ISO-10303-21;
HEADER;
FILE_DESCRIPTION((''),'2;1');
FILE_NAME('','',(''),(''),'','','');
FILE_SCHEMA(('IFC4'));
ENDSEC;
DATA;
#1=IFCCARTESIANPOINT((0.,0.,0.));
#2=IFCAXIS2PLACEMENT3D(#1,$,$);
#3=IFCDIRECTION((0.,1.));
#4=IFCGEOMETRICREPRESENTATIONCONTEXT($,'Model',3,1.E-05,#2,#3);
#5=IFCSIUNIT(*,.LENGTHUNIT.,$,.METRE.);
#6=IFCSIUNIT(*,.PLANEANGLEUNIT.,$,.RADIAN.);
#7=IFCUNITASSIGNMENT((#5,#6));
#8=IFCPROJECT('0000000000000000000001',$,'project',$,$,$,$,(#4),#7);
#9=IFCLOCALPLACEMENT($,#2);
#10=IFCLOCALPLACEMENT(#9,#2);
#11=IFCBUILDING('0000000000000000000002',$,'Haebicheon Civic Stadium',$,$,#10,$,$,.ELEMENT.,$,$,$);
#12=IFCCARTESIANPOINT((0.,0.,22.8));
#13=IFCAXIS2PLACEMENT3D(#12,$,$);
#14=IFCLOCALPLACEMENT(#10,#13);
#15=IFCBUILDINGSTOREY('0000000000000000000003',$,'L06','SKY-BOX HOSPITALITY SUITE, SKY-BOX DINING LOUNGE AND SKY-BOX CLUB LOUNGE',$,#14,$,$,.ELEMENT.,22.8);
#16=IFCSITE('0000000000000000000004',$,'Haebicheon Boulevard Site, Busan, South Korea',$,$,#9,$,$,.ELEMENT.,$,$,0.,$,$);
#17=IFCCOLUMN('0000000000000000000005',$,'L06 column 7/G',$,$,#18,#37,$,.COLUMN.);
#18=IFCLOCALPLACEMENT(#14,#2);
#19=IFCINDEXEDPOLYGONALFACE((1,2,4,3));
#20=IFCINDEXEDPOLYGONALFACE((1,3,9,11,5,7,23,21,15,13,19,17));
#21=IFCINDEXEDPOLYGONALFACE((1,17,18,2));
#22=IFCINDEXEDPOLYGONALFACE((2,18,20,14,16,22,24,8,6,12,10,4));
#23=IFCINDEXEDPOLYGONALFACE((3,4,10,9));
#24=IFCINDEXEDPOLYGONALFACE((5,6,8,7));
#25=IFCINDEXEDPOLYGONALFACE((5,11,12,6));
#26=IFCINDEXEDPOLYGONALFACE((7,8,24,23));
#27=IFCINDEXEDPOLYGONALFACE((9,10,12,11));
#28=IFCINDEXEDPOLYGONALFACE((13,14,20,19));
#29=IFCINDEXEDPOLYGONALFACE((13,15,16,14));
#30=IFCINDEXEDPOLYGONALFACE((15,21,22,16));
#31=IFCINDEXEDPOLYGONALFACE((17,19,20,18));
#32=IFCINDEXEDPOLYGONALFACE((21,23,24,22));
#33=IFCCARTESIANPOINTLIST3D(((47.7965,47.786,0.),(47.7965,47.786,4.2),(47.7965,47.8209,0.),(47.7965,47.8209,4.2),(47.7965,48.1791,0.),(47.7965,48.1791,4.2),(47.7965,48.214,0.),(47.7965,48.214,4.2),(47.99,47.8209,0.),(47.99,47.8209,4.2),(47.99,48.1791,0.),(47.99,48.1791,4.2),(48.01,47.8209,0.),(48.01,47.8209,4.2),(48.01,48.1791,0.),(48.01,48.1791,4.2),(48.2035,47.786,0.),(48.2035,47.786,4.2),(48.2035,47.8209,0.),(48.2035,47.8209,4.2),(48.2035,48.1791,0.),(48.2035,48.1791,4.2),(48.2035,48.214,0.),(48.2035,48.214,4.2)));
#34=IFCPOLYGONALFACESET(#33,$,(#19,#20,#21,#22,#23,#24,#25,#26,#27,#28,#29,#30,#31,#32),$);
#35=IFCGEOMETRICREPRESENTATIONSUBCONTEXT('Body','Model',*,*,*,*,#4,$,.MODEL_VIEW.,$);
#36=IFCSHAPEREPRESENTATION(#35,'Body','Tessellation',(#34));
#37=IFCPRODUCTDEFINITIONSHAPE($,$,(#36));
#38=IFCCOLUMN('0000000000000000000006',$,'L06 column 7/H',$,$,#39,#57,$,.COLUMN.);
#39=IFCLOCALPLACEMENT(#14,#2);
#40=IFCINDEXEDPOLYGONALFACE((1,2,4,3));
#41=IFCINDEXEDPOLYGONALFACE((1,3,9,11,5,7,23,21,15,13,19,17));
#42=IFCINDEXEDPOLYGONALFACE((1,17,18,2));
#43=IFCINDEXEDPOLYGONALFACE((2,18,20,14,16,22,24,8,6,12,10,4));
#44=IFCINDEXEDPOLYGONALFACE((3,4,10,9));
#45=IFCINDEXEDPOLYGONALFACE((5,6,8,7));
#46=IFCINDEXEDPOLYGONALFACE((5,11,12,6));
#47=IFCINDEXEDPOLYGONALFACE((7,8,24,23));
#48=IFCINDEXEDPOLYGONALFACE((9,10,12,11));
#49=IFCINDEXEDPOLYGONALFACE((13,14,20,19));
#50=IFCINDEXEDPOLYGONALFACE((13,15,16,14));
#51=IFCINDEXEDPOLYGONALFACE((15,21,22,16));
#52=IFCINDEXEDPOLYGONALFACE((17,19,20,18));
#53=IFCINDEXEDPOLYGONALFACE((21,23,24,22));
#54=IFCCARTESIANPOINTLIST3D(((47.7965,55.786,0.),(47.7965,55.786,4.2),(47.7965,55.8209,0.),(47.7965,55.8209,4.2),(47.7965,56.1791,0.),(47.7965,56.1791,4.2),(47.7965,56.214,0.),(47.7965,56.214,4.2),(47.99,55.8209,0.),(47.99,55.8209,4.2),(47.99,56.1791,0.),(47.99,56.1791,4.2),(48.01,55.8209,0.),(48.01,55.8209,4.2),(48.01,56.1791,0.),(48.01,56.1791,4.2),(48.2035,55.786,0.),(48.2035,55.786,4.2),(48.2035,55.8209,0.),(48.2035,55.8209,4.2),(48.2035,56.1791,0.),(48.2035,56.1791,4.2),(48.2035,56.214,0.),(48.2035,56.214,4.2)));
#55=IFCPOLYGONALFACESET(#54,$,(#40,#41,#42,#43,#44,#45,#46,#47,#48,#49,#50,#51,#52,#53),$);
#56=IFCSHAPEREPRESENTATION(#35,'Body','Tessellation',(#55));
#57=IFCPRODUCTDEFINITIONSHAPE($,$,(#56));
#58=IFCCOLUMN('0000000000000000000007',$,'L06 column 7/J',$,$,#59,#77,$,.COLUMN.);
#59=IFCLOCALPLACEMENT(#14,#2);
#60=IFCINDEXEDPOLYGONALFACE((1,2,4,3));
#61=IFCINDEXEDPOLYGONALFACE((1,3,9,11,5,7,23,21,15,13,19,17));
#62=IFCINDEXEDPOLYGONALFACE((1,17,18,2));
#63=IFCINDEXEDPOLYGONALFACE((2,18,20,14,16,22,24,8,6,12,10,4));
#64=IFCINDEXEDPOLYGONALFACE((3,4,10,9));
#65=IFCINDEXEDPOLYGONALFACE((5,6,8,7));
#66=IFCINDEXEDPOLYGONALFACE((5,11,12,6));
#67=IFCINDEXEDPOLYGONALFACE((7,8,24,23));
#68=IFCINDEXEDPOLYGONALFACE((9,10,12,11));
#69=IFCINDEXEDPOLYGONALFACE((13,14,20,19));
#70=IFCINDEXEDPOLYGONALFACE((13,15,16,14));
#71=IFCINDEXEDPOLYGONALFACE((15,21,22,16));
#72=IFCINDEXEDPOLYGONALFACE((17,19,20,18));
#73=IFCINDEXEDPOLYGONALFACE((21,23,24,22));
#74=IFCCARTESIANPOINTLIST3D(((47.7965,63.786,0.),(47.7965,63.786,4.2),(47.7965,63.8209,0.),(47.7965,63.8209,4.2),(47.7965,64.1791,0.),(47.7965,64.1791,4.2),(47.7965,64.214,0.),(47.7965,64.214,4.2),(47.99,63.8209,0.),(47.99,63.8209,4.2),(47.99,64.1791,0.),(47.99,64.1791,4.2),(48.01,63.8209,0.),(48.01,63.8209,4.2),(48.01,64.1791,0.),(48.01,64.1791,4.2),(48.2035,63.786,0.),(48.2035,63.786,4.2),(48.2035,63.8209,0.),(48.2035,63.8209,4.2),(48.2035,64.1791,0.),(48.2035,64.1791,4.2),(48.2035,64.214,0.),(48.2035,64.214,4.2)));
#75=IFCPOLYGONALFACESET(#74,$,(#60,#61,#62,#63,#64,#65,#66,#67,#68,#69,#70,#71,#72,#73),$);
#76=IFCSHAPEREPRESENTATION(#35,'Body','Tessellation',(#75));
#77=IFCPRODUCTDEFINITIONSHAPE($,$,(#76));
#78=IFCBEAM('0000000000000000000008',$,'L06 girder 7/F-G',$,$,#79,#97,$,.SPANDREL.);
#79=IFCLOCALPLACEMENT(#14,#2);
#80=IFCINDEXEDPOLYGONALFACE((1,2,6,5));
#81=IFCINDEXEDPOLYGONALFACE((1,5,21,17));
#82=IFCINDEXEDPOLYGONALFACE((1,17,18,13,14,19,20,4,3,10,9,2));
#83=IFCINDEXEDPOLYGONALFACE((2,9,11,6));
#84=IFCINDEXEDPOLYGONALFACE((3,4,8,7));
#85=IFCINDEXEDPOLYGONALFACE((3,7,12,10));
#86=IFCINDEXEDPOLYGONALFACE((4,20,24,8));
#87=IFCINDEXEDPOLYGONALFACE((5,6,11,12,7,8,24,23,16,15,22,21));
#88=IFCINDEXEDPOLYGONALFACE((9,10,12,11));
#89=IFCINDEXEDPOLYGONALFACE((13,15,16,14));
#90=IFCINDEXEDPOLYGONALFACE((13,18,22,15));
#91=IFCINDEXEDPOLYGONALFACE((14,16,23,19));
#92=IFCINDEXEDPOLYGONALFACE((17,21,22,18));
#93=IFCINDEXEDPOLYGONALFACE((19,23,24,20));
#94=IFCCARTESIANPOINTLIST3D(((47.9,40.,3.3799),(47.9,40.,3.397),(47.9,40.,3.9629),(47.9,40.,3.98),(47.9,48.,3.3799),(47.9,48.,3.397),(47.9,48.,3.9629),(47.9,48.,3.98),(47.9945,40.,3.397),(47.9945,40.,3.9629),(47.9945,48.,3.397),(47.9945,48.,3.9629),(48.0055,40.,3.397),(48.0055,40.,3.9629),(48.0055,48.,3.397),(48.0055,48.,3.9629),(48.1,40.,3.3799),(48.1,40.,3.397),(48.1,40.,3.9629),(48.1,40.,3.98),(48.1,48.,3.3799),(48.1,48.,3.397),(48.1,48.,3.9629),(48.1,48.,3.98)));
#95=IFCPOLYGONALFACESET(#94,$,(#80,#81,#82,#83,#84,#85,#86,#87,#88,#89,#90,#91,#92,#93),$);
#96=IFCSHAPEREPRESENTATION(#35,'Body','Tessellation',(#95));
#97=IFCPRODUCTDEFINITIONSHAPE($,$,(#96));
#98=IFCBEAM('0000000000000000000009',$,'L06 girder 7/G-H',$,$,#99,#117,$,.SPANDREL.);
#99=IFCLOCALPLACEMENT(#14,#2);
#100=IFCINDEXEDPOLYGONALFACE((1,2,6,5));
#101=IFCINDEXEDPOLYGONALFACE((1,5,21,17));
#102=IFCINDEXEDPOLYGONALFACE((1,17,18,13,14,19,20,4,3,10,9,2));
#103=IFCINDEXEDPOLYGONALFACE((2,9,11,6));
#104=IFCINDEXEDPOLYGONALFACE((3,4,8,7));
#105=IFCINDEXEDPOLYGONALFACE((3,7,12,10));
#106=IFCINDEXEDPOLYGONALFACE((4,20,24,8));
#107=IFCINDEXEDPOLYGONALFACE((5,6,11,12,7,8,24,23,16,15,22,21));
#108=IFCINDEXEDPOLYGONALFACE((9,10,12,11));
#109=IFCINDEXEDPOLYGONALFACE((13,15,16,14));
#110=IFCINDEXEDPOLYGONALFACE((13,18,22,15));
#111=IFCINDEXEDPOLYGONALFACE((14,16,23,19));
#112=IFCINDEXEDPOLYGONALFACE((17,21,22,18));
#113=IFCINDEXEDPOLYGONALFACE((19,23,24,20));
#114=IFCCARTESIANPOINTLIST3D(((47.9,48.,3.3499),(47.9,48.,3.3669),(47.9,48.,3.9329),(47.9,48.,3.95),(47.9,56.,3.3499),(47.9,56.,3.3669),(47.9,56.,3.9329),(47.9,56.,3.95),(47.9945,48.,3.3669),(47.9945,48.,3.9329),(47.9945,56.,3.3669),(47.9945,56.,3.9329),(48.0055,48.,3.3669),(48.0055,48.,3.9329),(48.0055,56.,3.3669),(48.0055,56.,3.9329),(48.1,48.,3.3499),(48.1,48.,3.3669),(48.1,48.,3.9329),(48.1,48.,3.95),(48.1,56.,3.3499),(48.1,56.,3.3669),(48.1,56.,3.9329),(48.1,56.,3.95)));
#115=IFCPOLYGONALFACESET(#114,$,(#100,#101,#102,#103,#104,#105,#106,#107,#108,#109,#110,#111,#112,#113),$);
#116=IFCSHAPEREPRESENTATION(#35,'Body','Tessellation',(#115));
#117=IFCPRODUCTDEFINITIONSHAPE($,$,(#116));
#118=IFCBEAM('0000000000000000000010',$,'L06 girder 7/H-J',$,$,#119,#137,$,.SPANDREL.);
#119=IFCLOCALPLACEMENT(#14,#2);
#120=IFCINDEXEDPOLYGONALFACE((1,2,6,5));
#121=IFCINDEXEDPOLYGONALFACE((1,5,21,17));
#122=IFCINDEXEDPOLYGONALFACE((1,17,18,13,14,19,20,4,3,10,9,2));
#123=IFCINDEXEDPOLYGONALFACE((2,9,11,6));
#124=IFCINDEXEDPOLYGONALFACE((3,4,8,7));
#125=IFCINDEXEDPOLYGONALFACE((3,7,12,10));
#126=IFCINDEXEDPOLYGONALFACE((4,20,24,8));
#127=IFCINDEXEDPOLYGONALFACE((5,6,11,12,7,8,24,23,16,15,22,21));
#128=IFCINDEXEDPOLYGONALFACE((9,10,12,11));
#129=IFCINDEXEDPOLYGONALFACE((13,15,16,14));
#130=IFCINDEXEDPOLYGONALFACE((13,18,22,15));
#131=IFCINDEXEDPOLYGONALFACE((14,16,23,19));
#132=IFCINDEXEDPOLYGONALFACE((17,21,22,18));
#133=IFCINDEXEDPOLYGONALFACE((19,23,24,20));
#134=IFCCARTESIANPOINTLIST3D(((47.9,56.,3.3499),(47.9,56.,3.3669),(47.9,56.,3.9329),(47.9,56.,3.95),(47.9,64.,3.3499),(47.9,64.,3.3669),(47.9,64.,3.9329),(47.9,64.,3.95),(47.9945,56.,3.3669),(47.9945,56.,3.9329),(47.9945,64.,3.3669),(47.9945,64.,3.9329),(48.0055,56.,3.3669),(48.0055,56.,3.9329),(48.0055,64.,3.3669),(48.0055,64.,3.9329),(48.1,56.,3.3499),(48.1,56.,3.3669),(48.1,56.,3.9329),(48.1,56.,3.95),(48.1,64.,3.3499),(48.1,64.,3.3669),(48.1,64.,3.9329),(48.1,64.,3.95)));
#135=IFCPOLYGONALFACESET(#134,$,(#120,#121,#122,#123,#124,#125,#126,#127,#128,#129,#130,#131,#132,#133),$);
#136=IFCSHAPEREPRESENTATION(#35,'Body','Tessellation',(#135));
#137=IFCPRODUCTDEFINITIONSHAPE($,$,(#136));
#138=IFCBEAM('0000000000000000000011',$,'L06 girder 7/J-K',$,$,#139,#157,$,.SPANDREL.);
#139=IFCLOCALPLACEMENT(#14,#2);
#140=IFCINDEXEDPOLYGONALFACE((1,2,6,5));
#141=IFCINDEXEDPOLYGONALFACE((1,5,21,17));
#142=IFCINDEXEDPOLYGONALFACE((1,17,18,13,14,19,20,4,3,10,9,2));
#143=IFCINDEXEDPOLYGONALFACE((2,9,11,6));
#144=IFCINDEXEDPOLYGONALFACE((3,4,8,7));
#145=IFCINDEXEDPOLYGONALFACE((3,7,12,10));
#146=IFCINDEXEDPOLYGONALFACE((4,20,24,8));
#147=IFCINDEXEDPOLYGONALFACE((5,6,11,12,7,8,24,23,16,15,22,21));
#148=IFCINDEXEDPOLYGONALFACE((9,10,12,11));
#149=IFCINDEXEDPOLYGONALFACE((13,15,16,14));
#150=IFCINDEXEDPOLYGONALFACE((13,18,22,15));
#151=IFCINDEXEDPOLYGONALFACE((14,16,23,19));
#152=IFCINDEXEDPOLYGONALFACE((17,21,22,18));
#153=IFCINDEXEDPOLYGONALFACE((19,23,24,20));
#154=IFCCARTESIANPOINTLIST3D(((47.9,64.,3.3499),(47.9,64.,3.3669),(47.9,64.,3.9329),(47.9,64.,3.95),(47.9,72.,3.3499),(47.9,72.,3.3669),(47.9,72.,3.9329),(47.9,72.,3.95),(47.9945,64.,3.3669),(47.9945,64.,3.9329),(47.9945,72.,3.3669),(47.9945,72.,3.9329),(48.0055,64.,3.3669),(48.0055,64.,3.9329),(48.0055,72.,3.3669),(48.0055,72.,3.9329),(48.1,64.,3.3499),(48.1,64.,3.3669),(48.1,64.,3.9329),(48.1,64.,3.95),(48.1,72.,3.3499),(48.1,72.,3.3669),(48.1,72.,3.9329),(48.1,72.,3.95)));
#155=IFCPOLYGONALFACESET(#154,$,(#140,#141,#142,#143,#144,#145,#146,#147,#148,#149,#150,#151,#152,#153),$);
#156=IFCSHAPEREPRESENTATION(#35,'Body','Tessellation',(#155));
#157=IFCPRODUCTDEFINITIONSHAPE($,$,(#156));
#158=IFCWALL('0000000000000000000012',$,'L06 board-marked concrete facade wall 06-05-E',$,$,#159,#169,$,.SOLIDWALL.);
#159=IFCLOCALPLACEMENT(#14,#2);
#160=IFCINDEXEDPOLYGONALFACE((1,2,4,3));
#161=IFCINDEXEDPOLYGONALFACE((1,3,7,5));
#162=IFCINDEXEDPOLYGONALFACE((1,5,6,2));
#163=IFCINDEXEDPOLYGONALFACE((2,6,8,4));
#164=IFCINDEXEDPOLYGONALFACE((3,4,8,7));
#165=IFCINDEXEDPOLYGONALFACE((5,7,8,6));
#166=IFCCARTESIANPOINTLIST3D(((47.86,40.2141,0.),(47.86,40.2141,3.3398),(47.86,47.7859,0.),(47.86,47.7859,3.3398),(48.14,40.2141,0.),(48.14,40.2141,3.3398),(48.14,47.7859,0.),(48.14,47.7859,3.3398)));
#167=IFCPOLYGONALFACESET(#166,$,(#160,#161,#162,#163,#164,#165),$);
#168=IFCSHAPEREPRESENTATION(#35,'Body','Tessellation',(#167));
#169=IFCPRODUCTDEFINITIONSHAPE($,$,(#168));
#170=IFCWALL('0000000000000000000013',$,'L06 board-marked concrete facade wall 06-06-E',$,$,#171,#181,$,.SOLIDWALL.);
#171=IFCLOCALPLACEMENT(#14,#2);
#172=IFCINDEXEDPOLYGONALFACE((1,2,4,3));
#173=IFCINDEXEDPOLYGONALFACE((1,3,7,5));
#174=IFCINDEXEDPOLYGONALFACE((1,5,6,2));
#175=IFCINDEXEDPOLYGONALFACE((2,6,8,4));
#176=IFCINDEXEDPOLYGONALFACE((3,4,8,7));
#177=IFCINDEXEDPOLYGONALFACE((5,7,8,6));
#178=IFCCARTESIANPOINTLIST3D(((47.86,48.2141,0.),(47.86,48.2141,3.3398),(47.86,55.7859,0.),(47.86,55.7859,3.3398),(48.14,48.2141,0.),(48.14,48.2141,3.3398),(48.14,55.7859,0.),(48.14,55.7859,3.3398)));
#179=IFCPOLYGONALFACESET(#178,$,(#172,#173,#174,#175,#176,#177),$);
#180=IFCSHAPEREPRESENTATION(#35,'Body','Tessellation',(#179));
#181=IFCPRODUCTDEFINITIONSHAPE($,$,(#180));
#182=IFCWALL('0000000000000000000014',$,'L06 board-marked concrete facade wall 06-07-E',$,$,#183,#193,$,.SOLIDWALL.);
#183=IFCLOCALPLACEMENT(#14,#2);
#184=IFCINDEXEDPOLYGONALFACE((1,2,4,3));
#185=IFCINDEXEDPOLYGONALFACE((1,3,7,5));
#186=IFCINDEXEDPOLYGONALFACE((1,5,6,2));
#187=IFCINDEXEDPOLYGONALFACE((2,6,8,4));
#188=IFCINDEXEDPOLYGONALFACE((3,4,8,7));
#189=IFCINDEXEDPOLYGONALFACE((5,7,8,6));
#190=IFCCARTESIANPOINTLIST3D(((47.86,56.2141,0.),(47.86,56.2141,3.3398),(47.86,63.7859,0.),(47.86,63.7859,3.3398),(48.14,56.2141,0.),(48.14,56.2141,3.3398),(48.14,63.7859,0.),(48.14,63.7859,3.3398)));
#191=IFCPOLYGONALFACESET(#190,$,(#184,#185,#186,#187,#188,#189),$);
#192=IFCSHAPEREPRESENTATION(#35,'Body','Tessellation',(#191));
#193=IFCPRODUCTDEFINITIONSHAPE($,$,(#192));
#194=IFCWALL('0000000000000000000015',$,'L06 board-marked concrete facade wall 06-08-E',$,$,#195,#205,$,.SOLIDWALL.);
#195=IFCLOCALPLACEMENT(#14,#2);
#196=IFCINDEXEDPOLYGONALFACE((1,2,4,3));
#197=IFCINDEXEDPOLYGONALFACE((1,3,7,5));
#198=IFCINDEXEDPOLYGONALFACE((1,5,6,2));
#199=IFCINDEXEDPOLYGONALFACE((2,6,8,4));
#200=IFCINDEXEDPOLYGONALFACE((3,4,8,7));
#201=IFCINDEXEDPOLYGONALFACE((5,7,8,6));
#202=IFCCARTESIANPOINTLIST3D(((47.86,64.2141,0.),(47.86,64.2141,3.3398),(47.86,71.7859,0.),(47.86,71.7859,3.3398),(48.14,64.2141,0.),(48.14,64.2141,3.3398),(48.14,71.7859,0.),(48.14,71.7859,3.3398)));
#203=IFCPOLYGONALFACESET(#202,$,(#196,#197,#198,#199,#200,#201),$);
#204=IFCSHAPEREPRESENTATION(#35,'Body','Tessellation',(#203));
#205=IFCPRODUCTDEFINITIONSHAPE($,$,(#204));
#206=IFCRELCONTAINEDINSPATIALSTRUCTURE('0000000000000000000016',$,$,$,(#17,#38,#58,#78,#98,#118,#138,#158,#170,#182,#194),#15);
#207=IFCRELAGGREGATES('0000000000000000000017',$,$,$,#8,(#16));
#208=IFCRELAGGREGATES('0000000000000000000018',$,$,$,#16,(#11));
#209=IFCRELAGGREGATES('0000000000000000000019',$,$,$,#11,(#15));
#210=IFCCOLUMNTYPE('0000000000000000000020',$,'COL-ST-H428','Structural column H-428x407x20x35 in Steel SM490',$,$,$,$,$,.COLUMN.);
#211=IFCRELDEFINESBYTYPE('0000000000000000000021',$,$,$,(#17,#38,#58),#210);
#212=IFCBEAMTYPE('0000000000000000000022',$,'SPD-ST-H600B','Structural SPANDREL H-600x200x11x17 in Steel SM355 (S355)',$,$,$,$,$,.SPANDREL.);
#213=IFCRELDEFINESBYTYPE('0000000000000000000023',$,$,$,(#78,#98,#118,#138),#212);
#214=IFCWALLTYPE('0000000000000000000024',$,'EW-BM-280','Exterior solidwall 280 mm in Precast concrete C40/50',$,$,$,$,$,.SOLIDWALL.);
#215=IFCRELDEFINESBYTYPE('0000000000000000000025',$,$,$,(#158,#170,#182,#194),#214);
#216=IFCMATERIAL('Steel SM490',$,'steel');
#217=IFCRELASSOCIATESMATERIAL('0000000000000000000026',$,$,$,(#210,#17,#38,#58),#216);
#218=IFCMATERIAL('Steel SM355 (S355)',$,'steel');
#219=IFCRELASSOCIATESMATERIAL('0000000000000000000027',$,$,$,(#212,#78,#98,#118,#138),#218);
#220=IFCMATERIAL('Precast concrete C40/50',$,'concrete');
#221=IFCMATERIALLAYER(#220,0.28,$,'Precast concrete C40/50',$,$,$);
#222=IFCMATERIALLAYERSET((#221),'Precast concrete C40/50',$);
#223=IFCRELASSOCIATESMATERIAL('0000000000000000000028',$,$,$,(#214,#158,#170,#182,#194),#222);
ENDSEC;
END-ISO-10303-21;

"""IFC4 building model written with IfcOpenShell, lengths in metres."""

from ifc_helpers import new_model, si_unit, direction, frame, frame_2d, origin, origin_2d, place, context, subcontext, project, spatial, rectangle, i_section, extrude, material, layer, layer_set, material_profile, profile_set, type_object, element, save


model = new_model("IFC4")

# Units and contexts
model_context = context("Model", 3, precision=1e-05, world=origin(), true_north=direction((0.0, 1.0)))
body_context = subcontext(model_context, "Body", "Model", "MODEL_VIEW")
ifc_project = project(units=[si_unit("LENGTHUNIT", "METRE"), si_unit("PLANEANGLEUNIT", "RADIAN")], contexts=[model_context])

# Site, building, storey
site_placement = place(None, origin())
site = spatial("IfcSite", under=ifc_project, at=site_placement, Name="Haebicheon Boulevard Site, Busan, South Korea", CompositionType="ELEMENT", RefElevation=0.0)
building_placement = place(site_placement, origin())
building = spatial("IfcBuilding", under=site, at=building_placement, Name="Haebicheon Civic Stadium", CompositionType="ELEMENT")
storey_placement = place(building_placement, frame((0.0, 0.0, 22.8)))
storey = spatial("IfcBuildingStorey", under=building, at=storey_placement, Name="L06", Description="SKY-BOX HOSPITALITY SUITE, SKY-BOX DINING LOUNGE AND SKY-BOX CLUB LOUNGE", CompositionType="ELEMENT", Elevation=22.8)

# Columns
ifc_material_1 = material(Name="Steel SM490", Category="steel")
ifc_material_profile_1 = material_profile(ifc_material_1, i_section(OverallWidth=0.407, OverallDepth=0.428, WebThickness=0.02, FlangeThickness=0.0349, at=origin_2d()), Name="H-428x407x20x35")
ifc_profile_set_1 = profile_set([ifc_material_profile_1], Name="Steel SM490")
column_type_1 = type_object("IfcColumnType", Name="COL-ST-H428", Description="Structural column H-428x407x20x35 in Steel SM490", PredefinedType="COLUMN", material=ifc_profile_set_1)
for number, where, z_axis, x_axis, name in (
    (1, (48.0, 48.0, 0.0), (0.0, 0.0, 1.0), (1.0, 0.0, 0.0), "L06 column 7/G"),
    (2, (48.0, 56.0, 0.0), (0.0, 0.0, 1.0), (1.0, 0.0, 0.0), "L06 column 7/H"),
    (3, (48.0, 64.0, 0.0), (0.0, 0.0, 1.0), (1.0, 0.0, 0.0), "L06 column 7/J"),
):
    element("IfcColumn", number, at=place(storey_placement, frame(where, z_axis=z_axis, x_axis=x_axis)), inside=storey, type_object=column_type_1, material=ifc_profile_set_1, Name=name, PredefinedType="COLUMN", context=body_context, shape_type="SweptSolid", body=[
        extrude(i_section(OverallWidth=0.407, OverallDepth=0.428, WebThickness=0.02, FlangeThickness=0.0349, at=origin_2d()), origin(), (0.0, 0.0, 1.0), 4.2),
    ])

# Beams
ifc_material_2 = material(Name="Steel SM355 (S355)", Category="steel")
ifc_material_profile_2 = material_profile(ifc_material_2, i_section(OverallWidth=0.2, OverallDepth=0.6001, WebThickness=0.011, FlangeThickness=0.0171, at=origin_2d()), Name="H-600x200x11x17")
ifc_profile_set_2 = profile_set([ifc_material_profile_2], Name="Steel SM355 (S355)")
beam_type = type_object("IfcBeamType", Name="SPD-ST-H600B", Description="Structural SPANDREL H-600x200x11x17 in Steel SM355 (S355)", PredefinedType="SPANDREL", material=ifc_profile_set_2)
for number, where, z_axis, x_axis, name in (
    (4, (48.0, 40.0, 3.6799), (0.0, 1.0, 0.0), (-1.0, 0.0, 0.0), "L06 girder 7/F-G"),
    (5, (48.0, 48.0, 3.6499), (0.0, 1.0, 0.0), (-1.0, 0.0, 0.0), "L06 girder 7/G-H"),
    (6, (48.0, 56.0, 3.6499), (0.0, 1.0, 0.0), (-1.0, 0.0, 0.0), "L06 girder 7/H-J"),
    (7, (48.0, 64.0, 3.6499), (0.0, 1.0, 0.0), (-1.0, 0.0, 0.0), "L06 girder 7/J-K"),
):
    element("IfcBeam", number, at=place(storey_placement, frame(where, z_axis=z_axis, x_axis=x_axis)), inside=storey, type_object=beam_type, material=ifc_profile_set_2, Name=name, PredefinedType="SPANDREL", context=body_context, shape_type="SweptSolid", body=[
        extrude(i_section(OverallWidth=0.2, OverallDepth=0.6001, WebThickness=0.011, FlangeThickness=0.0171, at=origin_2d()), origin(), (0.0, 0.0, 1.0), 8.0),
    ])

# Walls
ifc_material_3 = material(Name="Precast concrete C40/50", Category="concrete")
ifc_layer = layer(ifc_material_3, 0.28, Name="Precast concrete C40/50")
ifc_layer_set = layer_set([ifc_layer], Name="Precast concrete C40/50")
wall_type = type_object("IfcWallType", Name="EW-BM-280", Description="Exterior solidwall 280 mm in Precast concrete C40/50", PredefinedType="SOLIDWALL", material=ifc_layer_set)
for number, where, z_axis, x_axis, name in (
    (8, (48.0, 40.2141, 0.0), (0.0, 0.0, 1.0), (0.0, 1.0, 0.0), "L06 board-marked concrete facade wall 06-05-E"),
    (9, (48.0, 48.2141, 0.0), (0.0, 0.0, 1.0), (0.0, 1.0, 0.0), "L06 board-marked concrete facade wall 06-06-E"),
    (10, (48.0, 56.2141, 0.0), (0.0, 0.0, 1.0), (0.0, 1.0, 0.0), "L06 board-marked concrete facade wall 06-07-E"),
    (11, (48.0, 64.2141, 0.0), (0.0, 0.0, 1.0), (0.0, 1.0, 0.0), "L06 board-marked concrete facade wall 06-08-E"),
):
    element("IfcWall", number, at=place(storey_placement, frame(where, z_axis=z_axis, x_axis=x_axis)), inside=storey, type_object=wall_type, material=ifc_layer_set, Name=name, PredefinedType="SOLIDWALL", context=body_context, shape_type="SweptSolid", body=[
        extrude(rectangle(XDim=7.5718, YDim=0.28, at=frame_2d((3.7859, 0.0))), origin(), (0.0, 0.0, 1.0), 3.3398),
    ])

save(model, "model.ifc")
